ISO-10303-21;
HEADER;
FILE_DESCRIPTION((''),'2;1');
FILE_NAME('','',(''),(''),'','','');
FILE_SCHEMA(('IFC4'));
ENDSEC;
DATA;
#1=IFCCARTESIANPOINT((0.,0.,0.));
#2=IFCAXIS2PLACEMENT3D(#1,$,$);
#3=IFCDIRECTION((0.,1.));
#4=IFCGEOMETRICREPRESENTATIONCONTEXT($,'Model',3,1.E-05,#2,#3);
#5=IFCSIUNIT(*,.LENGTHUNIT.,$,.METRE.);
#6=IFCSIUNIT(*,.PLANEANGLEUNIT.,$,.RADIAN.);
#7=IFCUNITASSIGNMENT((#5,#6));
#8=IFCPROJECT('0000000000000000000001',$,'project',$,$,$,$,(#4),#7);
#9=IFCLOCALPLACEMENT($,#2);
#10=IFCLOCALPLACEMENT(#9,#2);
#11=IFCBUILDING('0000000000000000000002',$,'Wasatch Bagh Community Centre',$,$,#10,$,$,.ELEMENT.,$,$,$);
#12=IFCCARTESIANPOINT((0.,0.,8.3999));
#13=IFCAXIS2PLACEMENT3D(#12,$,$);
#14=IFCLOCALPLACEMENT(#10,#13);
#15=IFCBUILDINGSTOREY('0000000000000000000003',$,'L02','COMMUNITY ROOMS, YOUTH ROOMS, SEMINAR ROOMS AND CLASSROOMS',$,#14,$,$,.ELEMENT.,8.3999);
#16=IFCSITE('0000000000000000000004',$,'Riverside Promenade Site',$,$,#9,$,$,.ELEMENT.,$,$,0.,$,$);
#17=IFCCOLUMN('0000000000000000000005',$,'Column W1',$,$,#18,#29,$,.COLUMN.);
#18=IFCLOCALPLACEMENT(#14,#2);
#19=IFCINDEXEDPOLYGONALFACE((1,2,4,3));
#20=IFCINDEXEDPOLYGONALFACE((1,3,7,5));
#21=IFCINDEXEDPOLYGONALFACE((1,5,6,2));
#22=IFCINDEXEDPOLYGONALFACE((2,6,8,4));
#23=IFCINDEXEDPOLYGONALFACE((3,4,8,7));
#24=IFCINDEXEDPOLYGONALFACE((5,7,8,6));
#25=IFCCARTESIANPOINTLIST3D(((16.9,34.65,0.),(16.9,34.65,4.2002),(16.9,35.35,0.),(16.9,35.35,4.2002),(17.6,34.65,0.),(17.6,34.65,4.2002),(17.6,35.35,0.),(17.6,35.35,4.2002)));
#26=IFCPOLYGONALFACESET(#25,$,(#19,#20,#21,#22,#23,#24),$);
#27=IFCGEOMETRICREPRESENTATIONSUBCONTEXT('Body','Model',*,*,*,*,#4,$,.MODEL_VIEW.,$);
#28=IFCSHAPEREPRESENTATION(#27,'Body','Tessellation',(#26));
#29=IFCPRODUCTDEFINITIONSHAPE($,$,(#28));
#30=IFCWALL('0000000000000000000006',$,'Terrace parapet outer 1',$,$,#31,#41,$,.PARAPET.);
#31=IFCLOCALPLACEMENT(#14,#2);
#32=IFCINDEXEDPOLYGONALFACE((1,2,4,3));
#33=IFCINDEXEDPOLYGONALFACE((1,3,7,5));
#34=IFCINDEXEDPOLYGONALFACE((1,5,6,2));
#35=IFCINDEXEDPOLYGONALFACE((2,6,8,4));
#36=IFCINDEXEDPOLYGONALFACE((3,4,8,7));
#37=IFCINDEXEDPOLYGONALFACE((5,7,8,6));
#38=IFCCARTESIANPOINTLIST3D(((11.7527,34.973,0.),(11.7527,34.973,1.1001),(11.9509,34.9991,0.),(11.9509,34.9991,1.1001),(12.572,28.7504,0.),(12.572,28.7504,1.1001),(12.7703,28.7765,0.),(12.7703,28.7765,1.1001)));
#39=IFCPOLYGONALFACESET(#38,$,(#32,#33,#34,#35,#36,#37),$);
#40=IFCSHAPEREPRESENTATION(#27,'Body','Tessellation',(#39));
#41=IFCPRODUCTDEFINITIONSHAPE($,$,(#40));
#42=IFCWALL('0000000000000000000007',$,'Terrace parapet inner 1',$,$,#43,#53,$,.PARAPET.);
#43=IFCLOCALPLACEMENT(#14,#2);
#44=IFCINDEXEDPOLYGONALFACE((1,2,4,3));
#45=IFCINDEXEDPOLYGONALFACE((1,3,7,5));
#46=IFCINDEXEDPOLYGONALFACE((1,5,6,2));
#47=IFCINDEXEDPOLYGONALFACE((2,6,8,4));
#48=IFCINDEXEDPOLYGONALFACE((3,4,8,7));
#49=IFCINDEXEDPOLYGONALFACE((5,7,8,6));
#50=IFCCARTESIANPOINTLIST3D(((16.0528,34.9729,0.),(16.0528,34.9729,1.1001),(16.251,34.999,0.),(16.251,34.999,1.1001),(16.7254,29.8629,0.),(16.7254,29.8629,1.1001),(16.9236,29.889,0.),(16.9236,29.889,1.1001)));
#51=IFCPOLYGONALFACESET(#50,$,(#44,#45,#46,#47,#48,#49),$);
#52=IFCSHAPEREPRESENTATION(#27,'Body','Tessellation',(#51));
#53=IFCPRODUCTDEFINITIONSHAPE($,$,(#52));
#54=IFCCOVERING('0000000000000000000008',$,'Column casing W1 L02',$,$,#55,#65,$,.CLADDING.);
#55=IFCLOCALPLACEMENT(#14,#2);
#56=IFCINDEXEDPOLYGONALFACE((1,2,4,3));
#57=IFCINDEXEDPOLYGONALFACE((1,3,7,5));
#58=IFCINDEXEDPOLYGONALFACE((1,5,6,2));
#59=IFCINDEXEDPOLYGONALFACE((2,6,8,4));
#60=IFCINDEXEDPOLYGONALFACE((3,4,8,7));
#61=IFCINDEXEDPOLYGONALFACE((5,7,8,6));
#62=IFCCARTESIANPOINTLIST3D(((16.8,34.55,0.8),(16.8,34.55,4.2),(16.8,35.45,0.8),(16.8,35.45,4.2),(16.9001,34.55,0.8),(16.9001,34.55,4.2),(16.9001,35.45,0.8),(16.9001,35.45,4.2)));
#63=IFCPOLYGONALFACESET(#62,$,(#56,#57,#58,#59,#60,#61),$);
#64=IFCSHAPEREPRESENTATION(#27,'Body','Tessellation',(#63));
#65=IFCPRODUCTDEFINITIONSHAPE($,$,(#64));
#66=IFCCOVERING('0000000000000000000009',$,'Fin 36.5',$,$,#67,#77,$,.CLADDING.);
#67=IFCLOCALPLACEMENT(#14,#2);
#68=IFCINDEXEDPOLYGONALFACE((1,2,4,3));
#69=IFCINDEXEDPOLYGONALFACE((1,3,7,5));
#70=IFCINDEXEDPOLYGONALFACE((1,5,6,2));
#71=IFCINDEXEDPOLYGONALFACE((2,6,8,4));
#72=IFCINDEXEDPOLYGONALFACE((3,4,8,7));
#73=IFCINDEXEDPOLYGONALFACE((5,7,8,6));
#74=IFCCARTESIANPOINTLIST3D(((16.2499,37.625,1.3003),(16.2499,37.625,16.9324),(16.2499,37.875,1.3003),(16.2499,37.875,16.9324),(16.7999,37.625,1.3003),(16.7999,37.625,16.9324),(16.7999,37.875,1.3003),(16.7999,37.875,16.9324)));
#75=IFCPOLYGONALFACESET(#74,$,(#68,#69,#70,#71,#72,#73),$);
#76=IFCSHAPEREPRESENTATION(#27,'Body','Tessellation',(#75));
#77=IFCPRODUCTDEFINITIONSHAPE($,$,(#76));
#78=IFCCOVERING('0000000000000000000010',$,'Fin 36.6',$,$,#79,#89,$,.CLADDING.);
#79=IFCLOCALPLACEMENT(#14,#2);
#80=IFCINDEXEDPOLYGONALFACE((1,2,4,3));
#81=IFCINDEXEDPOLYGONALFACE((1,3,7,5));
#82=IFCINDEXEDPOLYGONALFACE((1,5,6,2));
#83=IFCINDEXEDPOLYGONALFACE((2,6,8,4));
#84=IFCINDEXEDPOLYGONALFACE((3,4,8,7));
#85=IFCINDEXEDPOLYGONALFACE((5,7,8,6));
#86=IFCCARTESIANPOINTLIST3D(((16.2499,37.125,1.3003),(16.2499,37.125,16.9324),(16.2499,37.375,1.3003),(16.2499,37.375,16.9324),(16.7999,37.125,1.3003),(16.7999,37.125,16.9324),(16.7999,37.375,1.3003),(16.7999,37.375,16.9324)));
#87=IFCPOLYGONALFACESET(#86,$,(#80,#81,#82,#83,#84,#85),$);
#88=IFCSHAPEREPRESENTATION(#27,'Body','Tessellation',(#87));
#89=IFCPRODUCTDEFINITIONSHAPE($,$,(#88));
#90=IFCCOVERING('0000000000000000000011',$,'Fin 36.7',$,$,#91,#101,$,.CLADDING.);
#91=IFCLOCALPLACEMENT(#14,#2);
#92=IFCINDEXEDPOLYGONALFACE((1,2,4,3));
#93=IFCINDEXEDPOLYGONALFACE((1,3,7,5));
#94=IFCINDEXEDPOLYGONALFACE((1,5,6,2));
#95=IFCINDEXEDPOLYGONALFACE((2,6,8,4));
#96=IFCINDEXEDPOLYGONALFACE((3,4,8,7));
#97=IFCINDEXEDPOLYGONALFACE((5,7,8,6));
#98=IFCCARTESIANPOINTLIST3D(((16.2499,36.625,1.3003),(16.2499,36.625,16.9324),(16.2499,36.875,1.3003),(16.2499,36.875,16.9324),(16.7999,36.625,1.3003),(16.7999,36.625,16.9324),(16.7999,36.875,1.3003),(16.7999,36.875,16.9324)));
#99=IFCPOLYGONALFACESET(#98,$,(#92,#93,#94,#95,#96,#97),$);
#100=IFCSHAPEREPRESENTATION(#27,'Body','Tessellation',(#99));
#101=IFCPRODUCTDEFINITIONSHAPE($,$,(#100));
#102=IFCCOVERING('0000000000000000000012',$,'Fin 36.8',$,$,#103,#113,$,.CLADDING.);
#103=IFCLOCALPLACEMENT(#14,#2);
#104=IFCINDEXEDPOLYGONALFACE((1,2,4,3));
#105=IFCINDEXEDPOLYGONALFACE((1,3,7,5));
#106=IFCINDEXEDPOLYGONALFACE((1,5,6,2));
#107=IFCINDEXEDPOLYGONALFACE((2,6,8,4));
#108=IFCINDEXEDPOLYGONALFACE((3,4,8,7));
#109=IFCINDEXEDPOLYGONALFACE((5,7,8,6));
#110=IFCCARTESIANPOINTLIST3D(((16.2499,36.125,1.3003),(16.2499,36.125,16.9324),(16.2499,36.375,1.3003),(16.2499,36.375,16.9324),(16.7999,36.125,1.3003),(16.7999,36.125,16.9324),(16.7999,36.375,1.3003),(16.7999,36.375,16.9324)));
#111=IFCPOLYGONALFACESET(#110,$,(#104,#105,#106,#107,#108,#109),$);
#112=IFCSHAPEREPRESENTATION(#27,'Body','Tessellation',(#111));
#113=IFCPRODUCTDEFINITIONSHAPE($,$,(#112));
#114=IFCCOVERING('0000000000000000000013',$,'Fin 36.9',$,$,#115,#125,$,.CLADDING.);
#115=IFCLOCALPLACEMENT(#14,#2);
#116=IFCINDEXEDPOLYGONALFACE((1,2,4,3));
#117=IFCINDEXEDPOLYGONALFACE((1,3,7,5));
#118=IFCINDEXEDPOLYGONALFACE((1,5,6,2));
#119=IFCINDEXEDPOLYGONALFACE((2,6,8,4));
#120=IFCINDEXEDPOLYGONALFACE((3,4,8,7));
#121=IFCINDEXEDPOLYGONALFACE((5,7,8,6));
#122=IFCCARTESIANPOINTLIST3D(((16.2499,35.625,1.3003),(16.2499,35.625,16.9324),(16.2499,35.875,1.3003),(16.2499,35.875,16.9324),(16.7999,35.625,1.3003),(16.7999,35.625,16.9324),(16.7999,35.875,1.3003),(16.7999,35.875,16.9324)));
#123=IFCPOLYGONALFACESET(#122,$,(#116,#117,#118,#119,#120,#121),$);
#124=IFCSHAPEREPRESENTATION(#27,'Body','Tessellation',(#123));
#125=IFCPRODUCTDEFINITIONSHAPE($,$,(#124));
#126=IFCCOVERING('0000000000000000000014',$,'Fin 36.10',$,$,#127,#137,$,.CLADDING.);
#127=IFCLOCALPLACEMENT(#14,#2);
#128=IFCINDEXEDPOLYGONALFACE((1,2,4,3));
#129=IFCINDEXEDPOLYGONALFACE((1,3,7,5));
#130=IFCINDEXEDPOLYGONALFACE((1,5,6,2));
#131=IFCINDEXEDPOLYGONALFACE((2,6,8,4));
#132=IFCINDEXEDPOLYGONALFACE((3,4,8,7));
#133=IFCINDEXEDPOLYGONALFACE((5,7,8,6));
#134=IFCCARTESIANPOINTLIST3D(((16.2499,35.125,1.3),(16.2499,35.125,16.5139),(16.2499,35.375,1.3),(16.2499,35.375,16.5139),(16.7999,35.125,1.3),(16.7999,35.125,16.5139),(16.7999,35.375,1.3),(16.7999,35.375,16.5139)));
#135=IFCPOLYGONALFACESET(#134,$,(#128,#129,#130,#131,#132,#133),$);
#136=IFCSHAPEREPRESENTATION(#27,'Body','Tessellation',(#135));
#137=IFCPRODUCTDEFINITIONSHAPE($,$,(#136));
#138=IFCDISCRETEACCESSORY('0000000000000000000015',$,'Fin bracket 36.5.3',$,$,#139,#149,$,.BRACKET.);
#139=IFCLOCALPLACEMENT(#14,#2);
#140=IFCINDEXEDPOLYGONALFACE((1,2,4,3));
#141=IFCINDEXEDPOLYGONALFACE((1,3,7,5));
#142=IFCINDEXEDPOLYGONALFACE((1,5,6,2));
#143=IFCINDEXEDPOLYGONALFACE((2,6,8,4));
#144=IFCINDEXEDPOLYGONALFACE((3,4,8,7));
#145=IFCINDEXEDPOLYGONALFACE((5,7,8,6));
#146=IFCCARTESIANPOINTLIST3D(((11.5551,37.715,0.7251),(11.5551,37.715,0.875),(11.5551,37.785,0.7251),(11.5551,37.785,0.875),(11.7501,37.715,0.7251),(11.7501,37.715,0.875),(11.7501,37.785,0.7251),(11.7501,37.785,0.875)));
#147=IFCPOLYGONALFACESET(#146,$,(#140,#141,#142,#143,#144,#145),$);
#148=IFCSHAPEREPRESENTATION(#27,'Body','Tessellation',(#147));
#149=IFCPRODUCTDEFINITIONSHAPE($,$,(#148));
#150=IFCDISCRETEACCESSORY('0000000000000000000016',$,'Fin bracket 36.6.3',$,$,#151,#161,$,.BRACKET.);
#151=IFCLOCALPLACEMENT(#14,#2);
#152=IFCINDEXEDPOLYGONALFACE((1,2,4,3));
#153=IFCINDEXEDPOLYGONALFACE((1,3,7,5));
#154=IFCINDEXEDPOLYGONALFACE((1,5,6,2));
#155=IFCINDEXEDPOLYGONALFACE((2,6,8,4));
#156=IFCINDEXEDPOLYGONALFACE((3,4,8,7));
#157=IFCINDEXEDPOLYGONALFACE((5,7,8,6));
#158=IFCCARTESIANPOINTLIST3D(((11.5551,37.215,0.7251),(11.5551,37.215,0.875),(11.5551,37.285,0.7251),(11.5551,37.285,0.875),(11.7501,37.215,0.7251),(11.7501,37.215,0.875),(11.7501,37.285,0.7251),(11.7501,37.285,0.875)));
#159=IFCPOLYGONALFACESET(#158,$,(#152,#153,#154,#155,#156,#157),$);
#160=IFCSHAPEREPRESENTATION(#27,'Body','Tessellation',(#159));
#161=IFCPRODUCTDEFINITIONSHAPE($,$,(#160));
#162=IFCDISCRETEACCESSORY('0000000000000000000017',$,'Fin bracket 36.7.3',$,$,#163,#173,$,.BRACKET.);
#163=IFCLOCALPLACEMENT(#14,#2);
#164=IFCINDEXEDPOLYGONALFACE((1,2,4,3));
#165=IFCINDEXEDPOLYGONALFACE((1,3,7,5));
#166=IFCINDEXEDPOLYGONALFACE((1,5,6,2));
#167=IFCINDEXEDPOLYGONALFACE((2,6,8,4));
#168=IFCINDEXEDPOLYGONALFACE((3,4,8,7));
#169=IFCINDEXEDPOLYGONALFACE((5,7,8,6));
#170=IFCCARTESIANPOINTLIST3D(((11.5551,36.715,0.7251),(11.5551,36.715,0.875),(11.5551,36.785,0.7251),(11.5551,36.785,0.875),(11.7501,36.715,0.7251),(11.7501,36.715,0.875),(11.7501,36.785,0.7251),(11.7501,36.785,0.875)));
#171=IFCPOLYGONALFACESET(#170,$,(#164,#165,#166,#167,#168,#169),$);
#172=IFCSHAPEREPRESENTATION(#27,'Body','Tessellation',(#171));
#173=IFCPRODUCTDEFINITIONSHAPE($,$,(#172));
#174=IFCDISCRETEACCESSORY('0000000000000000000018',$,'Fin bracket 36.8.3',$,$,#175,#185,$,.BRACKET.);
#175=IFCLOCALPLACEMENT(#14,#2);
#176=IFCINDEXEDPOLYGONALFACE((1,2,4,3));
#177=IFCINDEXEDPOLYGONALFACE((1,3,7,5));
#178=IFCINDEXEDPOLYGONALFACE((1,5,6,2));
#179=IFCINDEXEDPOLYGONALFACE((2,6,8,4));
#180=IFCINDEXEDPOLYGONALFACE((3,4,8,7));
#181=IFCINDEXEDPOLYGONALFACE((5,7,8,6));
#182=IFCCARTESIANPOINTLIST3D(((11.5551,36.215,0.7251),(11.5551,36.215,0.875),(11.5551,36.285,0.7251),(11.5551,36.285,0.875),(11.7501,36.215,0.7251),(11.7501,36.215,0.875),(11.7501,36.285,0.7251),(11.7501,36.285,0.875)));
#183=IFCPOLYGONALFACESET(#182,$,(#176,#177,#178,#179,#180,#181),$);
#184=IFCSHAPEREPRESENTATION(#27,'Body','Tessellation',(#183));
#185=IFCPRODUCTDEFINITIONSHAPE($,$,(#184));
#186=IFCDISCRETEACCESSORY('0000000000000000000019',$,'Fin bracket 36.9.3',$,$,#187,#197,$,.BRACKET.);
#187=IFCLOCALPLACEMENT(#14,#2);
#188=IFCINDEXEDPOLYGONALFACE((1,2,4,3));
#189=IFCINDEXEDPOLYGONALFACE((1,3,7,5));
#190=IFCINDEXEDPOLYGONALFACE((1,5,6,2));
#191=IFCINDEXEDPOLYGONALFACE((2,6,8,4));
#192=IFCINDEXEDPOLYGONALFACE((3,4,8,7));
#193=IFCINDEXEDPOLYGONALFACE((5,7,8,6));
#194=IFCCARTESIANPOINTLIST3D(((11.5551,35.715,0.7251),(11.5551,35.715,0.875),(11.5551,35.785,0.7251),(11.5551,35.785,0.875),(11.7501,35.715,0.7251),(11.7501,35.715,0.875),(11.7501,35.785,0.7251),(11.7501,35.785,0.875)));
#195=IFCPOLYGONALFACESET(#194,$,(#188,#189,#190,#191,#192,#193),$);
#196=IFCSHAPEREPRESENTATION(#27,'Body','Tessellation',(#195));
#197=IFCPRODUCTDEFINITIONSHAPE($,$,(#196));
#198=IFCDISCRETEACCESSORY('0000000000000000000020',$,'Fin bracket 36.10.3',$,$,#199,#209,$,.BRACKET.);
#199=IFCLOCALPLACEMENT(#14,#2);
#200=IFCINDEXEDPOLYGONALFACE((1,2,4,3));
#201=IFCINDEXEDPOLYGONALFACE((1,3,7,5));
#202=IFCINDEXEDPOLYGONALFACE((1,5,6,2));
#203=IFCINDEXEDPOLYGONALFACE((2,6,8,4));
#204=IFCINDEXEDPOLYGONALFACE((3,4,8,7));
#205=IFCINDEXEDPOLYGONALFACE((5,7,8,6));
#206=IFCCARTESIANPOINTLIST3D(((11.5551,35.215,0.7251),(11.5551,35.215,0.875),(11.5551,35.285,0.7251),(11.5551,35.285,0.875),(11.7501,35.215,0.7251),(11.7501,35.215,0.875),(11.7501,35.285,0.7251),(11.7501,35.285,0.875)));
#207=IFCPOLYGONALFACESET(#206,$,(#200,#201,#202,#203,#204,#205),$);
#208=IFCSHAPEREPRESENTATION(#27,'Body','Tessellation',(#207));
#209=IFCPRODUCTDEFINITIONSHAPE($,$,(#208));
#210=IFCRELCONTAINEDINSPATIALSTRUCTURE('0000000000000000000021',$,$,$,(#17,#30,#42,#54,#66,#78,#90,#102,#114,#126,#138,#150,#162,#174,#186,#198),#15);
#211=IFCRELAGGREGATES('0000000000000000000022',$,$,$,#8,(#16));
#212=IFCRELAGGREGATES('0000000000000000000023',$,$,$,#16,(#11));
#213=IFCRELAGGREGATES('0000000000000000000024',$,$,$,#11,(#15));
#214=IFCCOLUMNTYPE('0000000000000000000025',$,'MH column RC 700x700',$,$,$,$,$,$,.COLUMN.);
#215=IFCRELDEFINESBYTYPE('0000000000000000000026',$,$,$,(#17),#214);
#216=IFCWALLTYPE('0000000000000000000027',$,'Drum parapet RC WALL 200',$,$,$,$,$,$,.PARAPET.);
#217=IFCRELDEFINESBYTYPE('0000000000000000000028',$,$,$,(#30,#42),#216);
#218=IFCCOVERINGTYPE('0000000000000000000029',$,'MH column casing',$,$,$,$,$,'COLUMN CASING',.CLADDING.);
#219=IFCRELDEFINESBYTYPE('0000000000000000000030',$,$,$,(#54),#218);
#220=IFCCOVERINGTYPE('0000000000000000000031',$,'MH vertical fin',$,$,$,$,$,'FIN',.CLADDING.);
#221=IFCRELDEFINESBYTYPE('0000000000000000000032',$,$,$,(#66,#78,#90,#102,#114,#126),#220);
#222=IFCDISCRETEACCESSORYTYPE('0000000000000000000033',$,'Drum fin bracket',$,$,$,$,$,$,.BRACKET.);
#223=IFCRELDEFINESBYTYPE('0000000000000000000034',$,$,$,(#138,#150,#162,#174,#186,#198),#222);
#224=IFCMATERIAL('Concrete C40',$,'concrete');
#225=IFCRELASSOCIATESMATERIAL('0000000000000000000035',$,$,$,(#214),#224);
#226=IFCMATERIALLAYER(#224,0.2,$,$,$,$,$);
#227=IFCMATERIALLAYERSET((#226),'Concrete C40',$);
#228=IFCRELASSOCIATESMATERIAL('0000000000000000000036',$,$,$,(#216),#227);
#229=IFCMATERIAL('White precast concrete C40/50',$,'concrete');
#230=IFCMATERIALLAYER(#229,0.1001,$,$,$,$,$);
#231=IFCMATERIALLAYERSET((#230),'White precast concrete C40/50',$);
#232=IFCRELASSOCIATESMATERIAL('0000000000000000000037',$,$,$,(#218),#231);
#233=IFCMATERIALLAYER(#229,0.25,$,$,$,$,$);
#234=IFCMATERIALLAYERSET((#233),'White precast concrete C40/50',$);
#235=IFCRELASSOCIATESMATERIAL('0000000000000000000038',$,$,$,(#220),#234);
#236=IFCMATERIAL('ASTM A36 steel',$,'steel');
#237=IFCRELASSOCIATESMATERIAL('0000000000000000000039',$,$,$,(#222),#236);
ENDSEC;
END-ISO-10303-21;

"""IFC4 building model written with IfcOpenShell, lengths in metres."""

from ifc_helpers import new_model, si_unit, direction, frame, frame_2d, origin, origin_2d, place, context, subcontext, project, spatial, rectangle, extrude, material, layer, layer_set, material_profile, profile_set, type_object, element, save


model = new_model("IFC4")

# Units and contexts
model_context = context("Model", 3, precision=1e-05, world=origin(), true_north=direction((0.0, 1.0)))
body_context = subcontext(model_context, "Body", "Model", "MODEL_VIEW")
ifc_project = project(units=[si_unit("LENGTHUNIT", "METRE"), si_unit("PLANEANGLEUNIT", "RADIAN")], contexts=[model_context])

# Site, building, storey
site_placement = place(None, origin())
site = spatial("IfcSite", under=ifc_project, at=site_placement, Name="Riverside Promenade Site", CompositionType="ELEMENT", RefElevation=0.0)
building_placement = place(site_placement, origin())
building = spatial("IfcBuilding", under=site, at=building_placement, Name="Wasatch Bagh Community Centre", CompositionType="ELEMENT")
storey_placement = place(building_placement, frame((0.0, 0.0, 8.3999)))
storey = spatial("IfcBuildingStorey", under=building, at=storey_placement, Name="L02", Description="COMMUNITY ROOMS, YOUTH ROOMS, SEMINAR ROOMS AND CLASSROOMS", CompositionType="ELEMENT", Elevation=8.3999)

# Column
ifc_material_1 = material(Name="Concrete C40", Category="concrete")
ifc_material_profile = material_profile(ifc_material_1, rectangle(XDim=0.7, YDim=0.7, at=origin_2d()), Name="RC 700x700")
ifc_profile_set = profile_set([ifc_material_profile], Name="Concrete C40")
column_type = type_object("IfcColumnType", Name="MH column RC 700x700", PredefinedType="COLUMN", material=ifc_profile_set)
column_placement = place(storey_placement, frame((17.25, 35.0, 0.0), z_axis=(0.0, 0.0, 1.0), x_axis=(1.0, 0.0, 0.0)))
element("IfcColumn", 1, at=column_placement, inside=storey, type_object=column_type, Name="Column W1", PredefinedType="COLUMN", context=body_context, shape_type="SweptSolid", body=[
    extrude(rectangle(XDim=0.7, YDim=0.7, at=origin_2d()), origin(), (0.0, 0.0, 1.0), 4.2002),
])

# Walls
ifc_layer_1 = layer(ifc_material_1, 0.2)
ifc_layer_set_1 = layer_set([ifc_layer_1], Name="Concrete C40")
wall_type = type_object("IfcWallType", Name="Drum parapet RC WALL 200", PredefinedType="PARAPET", material=ifc_layer_set_1)
wall_1_placement = place(storey_placement, frame((11.8518, 34.9861, 0.0), z_axis=(0.0, 0.0, 1.0), x_axis=(0.130543, -0.991443, 0.0)))
element("IfcWall", 2, at=wall_1_placement, inside=storey, type_object=wall_type, Name="Terrace parapet outer 1", PredefinedType="PARAPET", context=body_context, shape_type="SweptSolid", body=[
    extrude(rectangle(XDim=6.2764, YDim=0.2, at=frame_2d((3.1382, 0.0))), origin(), (0.0, 0.0, 1.0), 1.1001),
])
wall_2_placement = place(storey_placement, frame((16.1519, 34.9861, 0.0), z_axis=(0.0, 0.0, 1.0), x_axis=(0.130504, -0.991448, 0.0)))
element("IfcWall", 3, at=wall_2_placement, inside=storey, type_object=wall_type, Name="Terrace parapet inner 1", PredefinedType="PARAPET", context=body_context, shape_type="SweptSolid", body=[
    extrude(rectangle(XDim=5.1541, YDim=0.2, at=frame_2d((2.5771, 0.0))), origin(), (0.0, 0.0, 1.0), 1.1001),
])

# Coverings
ifc_material_2 = material(Name="White precast concrete C40/50", Category="concrete")
ifc_layer_2 = layer(ifc_material_2, 0.1001)
ifc_layer_set_2 = layer_set([ifc_layer_2], Name="White precast concrete C40/50")
covering_type_1 = type_object("IfcCoveringType", Name="MH column casing", ElementType="COLUMN CASING", PredefinedType="CLADDING", material=ifc_layer_set_2)
covering_1_placement = place(storey_placement, frame((16.8501, 35.0, 0.8), z_axis=(0.0, 0.0, 1.0), x_axis=(0.0, -1.0, 0.0)))
element("IfcCovering", 4, at=covering_1_placement, inside=storey, type_object=covering_type_1, Name="Column casing W1 L02", PredefinedType="CLADDING", context=body_context, shape_type="SweptSolid", body=[
    extrude(rectangle(XDim=0.8999, YDim=0.1001, at=origin_2d()), origin(), (0.0, 0.0, 1.0), 3.3999),
])
ifc_layer_3 = layer(ifc_material_2, 0.25)
ifc_layer_set_3 = layer_set([ifc_layer_3], Name="White precast concrete C40/50")
covering_type_2 = type_object("IfcCoveringType", Name="MH vertical fin", ElementType="FIN", PredefinedType="CLADDING", material=ifc_layer_set_3)
for number, where, z_axis, x_axis, name in (
    (5, (16.5249, 37.75, 1.3003), (0.0, 0.0, 1.0), (0.0, -1.0, 0.0), "Fin 36.5"),
    (6, (16.5249, 37.25, 1.3003), (0.0, 0.0, 1.0), (0.0, -1.0, 0.0), "Fin 36.6"),
    (7, (16.5249, 36.75, 1.3003), (0.0, 0.0, 1.0), (0.0, -1.0, 0.0), "Fin 36.7"),
    (8, (16.5249, 36.25, 1.3003), (0.0, 0.0, 1.0), (0.0, -1.0, 0.0), "Fin 36.8"),
    (9, (16.5249, 35.75, 1.3003), (0.0, 0.0, 1.0), (0.0, -1.0, 0.0), "Fin 36.9"),
):
    element("IfcCovering", number, at=place(storey_placement, frame(where, z_axis=z_axis, x_axis=x_axis)), inside=storey, type_object=covering_type_2, Name=name, PredefinedType="CLADDING", context=body_context, shape_type="SweptSolid", body=[
        extrude(rectangle(XDim=0.25, YDim=0.55, at=origin_2d()), origin(), (0.0, 0.0, 1.0), 15.6321),
    ])
covering_2_placement = place(storey_placement, frame((16.5249, 35.25, 1.3), z_axis=(0.0, 0.0, 1.0), x_axis=(0.0, -1.0, 0.0)))
element("IfcCovering", 10, at=covering_2_placement, inside=storey, type_object=covering_type_2, Name="Fin 36.10", PredefinedType="CLADDING", context=body_context, shape_type="SweptSolid", body=[
    extrude(rectangle(XDim=0.25, YDim=0.55, at=origin_2d()), origin(), (0.0, 0.0, 1.0), 15.2139),
])

# Discrete accessories
ifc_material_3 = material(Name="ASTM A36 steel", Category="steel")
discrete_accessory_type_1 = type_object("IfcDiscreteAccessoryType", Name="Drum fin bracket", PredefinedType="BRACKET", material=ifc_material_3)
for number, where, z_axis, x_axis, name in (
    (11, (11.6526, 37.75, 0.7251), (0.0, 0.0, 1.0), (0.0, -1.0, 0.0), "Fin bracket 36.5.3"),
    (12, (11.6526, 37.25, 0.7251), (0.0, 0.0, 1.0), (0.0, -1.0, 0.0), "Fin bracket 36.6.3"),
    (13, (11.6526, 36.75, 0.7251), (0.0, 0.0, 1.0), (0.0, -1.0, 0.0), "Fin bracket 36.7.3"),
    (14, (11.6526, 36.25, 0.7251), (0.0, 0.0, 1.0), (0.0, -1.0, 0.0), "Fin bracket 36.8.3"),
    (15, (11.6526, 35.75, 0.7251), (0.0, 0.0, 1.0), (0.0, -1.0, 0.0), "Fin bracket 36.9.3"),
    (16, (11.6526, 35.25, 0.7251), (0.0, 0.0, 1.0), (0.0, -1.0, 0.0), "Fin bracket 36.10.3"),
):
    element("IfcDiscreteAccessory", number, at=place(storey_placement, frame(where, z_axis=z_axis, x_axis=x_axis)), inside=storey, type_object=discrete_accessory_type_1, Name=name, PredefinedType="BRACKET", context=body_context, shape_type="SweptSolid", body=[
        extrude(rectangle(XDim=0.0701, YDim=0.1951, at=origin_2d()), origin(), (0.0, 0.0, 1.0), 0.1499),
    ])

save(model, "model.ifc")
